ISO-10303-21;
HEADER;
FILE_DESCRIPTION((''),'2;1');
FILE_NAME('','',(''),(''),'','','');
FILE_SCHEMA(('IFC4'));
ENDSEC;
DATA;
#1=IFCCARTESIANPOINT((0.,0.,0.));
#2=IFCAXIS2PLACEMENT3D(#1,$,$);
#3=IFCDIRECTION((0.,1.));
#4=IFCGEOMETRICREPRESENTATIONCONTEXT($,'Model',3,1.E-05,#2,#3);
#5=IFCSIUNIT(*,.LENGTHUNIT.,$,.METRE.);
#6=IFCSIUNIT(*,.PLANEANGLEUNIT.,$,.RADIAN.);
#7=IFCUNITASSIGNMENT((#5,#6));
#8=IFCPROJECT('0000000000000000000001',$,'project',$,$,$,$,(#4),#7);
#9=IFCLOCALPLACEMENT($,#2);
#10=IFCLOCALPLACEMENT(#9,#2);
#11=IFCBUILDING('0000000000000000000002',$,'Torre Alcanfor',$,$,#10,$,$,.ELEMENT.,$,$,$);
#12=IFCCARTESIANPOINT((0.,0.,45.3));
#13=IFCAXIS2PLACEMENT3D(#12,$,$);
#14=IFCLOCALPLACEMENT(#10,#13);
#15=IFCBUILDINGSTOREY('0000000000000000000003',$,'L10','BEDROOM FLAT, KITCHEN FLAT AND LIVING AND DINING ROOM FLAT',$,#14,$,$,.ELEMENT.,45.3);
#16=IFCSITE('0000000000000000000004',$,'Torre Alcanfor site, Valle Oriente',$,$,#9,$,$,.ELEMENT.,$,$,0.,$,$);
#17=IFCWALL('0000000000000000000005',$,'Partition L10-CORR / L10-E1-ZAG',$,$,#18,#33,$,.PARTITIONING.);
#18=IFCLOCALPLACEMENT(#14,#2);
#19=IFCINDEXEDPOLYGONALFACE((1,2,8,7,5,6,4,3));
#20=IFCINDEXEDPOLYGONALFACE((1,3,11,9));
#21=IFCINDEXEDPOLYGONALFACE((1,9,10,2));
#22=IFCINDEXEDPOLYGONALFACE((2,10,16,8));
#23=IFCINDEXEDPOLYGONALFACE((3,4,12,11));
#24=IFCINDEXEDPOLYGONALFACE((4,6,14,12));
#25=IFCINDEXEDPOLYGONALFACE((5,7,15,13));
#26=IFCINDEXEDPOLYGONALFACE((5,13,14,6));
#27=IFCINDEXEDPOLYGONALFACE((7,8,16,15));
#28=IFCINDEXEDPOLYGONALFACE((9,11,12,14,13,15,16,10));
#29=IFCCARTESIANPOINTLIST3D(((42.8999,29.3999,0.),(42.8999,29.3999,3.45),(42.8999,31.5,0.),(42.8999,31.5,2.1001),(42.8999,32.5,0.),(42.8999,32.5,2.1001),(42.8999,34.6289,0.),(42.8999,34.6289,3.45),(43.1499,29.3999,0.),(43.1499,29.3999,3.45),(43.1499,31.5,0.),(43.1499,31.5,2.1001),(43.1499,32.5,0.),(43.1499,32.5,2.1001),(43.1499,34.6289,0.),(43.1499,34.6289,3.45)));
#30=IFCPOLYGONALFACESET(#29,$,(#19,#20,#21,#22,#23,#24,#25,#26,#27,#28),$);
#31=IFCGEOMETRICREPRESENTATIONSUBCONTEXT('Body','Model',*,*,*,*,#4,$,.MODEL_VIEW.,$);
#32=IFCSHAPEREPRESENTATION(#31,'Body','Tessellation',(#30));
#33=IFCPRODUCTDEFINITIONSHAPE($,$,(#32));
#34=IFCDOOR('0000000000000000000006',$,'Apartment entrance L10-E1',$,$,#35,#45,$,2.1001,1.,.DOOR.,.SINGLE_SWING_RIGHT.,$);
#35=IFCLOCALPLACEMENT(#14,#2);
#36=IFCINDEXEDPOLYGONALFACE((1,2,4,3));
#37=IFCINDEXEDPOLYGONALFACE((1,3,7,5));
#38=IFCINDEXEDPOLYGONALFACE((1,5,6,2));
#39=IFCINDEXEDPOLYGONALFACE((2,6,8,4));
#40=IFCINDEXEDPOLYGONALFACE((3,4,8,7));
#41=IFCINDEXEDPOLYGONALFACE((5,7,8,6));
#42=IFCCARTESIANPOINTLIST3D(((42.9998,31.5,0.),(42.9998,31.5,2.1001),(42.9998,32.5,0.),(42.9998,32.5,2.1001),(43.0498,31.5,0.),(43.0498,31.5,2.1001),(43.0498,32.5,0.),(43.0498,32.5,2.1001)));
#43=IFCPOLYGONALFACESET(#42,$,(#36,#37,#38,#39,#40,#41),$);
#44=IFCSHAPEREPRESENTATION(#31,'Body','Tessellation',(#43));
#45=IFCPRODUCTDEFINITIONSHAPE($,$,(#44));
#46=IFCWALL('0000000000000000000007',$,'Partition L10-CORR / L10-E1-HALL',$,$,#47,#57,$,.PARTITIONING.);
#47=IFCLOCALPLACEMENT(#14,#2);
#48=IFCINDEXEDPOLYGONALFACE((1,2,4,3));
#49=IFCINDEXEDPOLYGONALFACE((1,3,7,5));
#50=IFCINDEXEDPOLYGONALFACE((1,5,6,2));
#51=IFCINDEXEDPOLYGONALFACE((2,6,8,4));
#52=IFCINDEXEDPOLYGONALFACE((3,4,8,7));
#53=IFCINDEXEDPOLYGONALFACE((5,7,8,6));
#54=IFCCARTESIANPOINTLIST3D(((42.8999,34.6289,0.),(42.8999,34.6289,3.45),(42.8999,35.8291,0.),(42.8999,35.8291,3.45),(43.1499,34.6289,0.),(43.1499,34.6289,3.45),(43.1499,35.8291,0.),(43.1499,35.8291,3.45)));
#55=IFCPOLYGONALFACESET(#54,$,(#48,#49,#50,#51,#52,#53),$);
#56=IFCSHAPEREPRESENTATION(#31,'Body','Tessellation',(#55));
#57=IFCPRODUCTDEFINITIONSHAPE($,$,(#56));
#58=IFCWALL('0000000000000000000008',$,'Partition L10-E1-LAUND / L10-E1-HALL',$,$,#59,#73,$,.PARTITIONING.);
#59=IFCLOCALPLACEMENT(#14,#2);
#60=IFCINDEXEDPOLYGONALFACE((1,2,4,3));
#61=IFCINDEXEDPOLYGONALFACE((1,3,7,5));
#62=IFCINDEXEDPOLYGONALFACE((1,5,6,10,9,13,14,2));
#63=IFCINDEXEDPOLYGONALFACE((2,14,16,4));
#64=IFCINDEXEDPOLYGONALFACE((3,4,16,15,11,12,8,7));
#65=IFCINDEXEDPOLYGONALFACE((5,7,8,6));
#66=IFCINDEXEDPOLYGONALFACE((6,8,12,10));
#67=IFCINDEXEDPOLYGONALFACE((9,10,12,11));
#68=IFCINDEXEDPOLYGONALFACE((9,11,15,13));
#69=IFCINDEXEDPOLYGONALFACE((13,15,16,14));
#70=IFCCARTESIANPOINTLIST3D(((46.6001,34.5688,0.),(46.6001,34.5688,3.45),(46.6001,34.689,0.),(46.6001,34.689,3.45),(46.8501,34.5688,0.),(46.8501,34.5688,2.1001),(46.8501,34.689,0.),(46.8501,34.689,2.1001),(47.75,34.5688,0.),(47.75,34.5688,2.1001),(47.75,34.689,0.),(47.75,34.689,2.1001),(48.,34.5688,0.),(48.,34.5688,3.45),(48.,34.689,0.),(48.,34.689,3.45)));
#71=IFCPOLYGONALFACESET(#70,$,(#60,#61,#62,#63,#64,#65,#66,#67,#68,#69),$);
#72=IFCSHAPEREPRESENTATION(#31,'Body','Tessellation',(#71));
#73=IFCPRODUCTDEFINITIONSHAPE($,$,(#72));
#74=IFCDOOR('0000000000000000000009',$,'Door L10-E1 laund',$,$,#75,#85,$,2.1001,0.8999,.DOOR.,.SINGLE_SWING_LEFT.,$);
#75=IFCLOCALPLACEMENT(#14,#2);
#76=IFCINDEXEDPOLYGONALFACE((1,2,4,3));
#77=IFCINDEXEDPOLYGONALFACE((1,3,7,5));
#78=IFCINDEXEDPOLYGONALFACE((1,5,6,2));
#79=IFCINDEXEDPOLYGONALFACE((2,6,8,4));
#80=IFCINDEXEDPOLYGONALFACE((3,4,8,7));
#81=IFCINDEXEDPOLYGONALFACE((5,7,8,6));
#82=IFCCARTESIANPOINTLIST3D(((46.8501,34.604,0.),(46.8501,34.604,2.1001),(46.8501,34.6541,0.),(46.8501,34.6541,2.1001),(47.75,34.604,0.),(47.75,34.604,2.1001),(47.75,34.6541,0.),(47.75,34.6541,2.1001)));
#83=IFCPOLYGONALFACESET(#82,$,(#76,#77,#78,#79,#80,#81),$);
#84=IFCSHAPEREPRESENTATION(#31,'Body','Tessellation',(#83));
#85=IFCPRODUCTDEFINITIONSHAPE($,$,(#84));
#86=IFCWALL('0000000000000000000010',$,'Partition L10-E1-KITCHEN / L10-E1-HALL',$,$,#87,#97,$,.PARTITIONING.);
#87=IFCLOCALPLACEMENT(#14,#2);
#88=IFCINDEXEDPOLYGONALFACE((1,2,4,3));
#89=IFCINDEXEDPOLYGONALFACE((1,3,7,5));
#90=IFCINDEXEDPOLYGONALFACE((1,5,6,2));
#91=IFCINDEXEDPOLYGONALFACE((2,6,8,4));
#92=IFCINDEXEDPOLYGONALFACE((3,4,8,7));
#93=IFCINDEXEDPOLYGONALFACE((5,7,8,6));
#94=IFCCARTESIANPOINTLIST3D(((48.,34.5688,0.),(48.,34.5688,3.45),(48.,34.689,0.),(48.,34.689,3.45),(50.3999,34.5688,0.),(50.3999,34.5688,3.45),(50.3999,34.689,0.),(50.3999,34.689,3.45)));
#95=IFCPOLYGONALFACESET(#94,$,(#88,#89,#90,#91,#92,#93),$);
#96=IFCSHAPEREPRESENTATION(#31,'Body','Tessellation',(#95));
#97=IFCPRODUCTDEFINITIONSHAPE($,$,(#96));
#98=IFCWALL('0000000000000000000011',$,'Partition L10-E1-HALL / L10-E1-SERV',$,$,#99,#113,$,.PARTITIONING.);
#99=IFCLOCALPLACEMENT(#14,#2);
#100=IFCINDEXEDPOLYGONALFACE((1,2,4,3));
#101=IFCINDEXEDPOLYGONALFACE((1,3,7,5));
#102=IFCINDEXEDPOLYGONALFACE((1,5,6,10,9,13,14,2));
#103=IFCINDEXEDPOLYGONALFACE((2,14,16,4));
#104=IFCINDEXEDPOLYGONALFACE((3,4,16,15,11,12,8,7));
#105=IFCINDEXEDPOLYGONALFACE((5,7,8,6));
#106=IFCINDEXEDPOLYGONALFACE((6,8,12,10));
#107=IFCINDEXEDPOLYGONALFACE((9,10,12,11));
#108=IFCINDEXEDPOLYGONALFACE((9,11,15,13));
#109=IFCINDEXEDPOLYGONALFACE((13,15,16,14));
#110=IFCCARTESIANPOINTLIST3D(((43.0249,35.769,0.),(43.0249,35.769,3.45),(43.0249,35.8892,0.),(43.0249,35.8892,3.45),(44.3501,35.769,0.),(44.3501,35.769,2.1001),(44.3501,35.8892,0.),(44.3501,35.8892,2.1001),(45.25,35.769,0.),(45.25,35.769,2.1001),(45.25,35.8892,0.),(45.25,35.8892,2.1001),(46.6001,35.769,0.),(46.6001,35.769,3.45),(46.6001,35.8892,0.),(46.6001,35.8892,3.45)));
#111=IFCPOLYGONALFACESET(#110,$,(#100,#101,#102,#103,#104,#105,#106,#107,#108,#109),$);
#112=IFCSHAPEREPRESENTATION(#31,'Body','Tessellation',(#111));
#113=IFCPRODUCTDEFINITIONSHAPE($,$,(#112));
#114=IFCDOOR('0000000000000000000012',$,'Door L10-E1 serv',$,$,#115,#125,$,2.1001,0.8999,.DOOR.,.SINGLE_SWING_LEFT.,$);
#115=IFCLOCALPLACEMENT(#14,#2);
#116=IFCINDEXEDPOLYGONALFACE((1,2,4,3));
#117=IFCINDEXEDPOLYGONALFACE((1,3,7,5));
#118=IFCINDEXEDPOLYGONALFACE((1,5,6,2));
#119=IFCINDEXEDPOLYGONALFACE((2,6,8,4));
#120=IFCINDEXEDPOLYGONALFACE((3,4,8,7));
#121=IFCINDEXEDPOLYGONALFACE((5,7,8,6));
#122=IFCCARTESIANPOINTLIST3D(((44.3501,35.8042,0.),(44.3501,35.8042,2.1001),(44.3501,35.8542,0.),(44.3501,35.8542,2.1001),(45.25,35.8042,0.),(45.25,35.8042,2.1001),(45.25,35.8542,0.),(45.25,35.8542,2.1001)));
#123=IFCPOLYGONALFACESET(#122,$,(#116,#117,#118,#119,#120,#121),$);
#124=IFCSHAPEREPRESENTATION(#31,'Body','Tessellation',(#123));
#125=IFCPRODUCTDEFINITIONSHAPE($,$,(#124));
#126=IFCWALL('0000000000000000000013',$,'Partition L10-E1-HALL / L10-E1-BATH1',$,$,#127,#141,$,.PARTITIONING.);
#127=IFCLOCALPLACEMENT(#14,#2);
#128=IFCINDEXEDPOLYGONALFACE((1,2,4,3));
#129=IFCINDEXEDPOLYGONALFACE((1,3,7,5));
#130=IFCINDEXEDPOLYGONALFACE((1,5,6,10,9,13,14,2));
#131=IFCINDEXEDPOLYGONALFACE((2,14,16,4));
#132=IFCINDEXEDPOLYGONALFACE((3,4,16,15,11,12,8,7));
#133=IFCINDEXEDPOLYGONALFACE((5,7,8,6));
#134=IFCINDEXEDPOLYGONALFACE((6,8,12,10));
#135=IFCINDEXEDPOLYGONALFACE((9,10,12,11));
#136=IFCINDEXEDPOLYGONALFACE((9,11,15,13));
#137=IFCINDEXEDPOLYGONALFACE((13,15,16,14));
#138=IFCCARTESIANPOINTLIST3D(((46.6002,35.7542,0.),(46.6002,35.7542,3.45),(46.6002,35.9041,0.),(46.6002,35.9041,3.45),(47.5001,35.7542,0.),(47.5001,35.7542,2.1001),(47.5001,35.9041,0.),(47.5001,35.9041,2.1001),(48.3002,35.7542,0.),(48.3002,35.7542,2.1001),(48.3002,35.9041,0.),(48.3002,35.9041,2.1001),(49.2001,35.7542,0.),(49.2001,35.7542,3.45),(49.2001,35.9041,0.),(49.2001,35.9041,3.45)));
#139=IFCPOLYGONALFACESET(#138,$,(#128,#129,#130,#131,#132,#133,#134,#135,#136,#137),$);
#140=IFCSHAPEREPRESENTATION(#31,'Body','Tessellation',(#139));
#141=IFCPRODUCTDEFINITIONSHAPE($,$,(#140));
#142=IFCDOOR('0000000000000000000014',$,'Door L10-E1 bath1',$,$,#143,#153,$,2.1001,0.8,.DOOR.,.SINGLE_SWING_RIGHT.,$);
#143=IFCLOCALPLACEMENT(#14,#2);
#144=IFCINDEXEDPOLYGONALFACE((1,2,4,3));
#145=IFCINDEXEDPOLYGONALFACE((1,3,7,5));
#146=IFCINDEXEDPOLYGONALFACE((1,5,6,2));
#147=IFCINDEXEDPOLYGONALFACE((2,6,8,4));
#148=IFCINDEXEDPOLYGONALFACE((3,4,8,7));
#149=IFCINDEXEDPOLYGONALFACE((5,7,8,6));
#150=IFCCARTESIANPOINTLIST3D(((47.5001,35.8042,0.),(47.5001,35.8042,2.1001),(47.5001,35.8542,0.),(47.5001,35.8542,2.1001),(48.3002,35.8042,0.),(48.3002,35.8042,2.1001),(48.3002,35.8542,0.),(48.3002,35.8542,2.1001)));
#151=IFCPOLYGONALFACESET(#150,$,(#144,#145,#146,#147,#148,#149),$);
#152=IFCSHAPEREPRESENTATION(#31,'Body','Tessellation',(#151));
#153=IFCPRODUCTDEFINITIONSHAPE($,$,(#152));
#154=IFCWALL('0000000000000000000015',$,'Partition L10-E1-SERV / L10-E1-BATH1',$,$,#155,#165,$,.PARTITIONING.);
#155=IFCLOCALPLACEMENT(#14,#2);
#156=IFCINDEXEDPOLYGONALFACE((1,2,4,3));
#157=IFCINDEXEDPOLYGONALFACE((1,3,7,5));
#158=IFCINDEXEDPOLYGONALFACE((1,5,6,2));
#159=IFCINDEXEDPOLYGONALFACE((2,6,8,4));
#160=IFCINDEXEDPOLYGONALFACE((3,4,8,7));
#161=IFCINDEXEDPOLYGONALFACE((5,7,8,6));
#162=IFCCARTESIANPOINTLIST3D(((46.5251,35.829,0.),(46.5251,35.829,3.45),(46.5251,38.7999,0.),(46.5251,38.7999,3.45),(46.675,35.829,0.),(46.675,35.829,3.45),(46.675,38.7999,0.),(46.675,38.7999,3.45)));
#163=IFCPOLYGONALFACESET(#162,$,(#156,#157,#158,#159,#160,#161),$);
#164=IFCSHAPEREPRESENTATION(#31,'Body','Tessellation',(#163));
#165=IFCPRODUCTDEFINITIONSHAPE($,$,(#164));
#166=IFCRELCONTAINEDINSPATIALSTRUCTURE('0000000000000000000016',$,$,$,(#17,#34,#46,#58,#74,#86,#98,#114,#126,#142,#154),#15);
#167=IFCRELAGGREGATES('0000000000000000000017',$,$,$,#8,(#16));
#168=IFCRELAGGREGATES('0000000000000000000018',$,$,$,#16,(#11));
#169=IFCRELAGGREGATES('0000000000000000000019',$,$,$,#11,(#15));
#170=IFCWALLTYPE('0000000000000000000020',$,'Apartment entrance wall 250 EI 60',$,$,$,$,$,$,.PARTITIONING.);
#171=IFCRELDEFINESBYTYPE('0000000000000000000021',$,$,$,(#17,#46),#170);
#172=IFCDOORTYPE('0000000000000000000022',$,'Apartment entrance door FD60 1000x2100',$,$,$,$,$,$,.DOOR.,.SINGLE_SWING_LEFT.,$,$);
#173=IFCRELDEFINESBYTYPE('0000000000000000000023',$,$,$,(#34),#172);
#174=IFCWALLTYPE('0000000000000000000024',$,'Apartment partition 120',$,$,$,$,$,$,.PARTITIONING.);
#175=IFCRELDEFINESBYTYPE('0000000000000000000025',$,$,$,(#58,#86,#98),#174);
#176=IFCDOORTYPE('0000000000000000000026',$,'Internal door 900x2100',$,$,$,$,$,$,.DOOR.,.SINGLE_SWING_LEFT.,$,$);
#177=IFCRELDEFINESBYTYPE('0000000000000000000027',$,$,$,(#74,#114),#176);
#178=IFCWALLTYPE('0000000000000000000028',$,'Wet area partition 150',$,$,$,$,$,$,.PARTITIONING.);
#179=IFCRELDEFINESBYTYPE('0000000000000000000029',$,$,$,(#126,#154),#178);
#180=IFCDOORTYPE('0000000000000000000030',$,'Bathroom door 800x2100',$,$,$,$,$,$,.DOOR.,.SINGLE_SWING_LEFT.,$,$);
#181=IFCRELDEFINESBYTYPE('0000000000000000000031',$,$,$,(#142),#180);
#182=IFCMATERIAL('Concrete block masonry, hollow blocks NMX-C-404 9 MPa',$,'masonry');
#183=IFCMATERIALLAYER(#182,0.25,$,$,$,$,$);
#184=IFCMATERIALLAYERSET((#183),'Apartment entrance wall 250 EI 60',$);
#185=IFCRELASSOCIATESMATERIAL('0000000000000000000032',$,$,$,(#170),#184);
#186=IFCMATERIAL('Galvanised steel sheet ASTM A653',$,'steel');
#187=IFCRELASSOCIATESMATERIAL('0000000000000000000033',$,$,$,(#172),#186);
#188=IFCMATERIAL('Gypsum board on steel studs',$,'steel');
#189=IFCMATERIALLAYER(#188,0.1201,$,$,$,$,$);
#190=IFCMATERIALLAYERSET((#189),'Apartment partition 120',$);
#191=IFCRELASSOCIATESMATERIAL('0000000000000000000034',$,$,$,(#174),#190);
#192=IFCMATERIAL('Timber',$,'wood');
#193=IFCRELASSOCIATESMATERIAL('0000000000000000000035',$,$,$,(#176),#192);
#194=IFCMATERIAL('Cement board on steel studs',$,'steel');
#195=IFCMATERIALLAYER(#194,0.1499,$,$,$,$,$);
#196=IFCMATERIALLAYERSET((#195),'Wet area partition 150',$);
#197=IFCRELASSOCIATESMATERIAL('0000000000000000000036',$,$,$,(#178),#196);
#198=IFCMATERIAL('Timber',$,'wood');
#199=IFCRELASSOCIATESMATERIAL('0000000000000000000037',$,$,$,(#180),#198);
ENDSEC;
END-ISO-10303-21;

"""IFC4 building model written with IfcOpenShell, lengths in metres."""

from ifc_helpers import new_model, si_unit, direction, frame, frame_2d, origin, place, context, subcontext, project, spatial, rectangle, extrude, material, layer, layer_set, type_object, element, fill, save


model = new_model("IFC4")

# Units and contexts
model_context = context("Model", 3, precision=1e-05, world=origin(), true_north=direction((0.0, 1.0)))
body_context = subcontext(model_context, "Body", "Model", "MODEL_VIEW")
ifc_project = project(units=[si_unit("LENGTHUNIT", "METRE"), si_unit("PLANEANGLEUNIT", "RADIAN")], contexts=[model_context])

# Site, building, storey
site_placement = place(None, origin())
site = spatial("IfcSite", under=ifc_project, at=site_placement, Name="Torre Alcanfor site, Valle Oriente", CompositionType="ELEMENT", RefElevation=0.0)
building_placement = place(site_placement, origin())
building = spatial("IfcBuilding", under=site, at=building_placement, Name="Torre Alcanfor", CompositionType="ELEMENT")
storey_placement = place(building_placement, frame((0.0, 0.0, 45.3)))
storey = spatial("IfcBuildingStorey", under=building, at=storey_placement, Name="L10", Description="BEDROOM FLAT, KITCHEN FLAT AND LIVING AND DINING ROOM FLAT", CompositionType="ELEMENT", Elevation=45.3)

# Wall, opening, door
ifc_material_1 = material(Name="Concrete block masonry, hollow blocks NMX-C-404 9 MPa", Category="masonry")
ifc_layer_1 = layer(ifc_material_1, 0.25)
ifc_layer_set_1 = layer_set([ifc_layer_1], Name="Apartment entrance wall 250 EI 60")
wall_type_1 = type_object("IfcWallType", Name="Apartment entrance wall 250 EI 60", PredefinedType="PARTITIONING", material=ifc_layer_set_1)
wall_1_placement = place(storey_placement, frame((43.0249, 34.6289, 0.0), z_axis=(0.0, 0.0, 1.0), x_axis=(0.0, -1.0, 0.0)))
wall_1 = element("IfcWall", 1, at=wall_1_placement, inside=storey, type_object=wall_type_1, Name="Partition L10-CORR / L10-E1-ZAG", PredefinedType="PARTITIONING", context=body_context, shape_type="SweptSolid", body=[
    extrude(rectangle(XDim=5.229, YDim=0.25, at=frame_2d((2.6145, 0.0))), origin(), (0.0, 0.0, 1.0), 3.45),
])
opening_1_placement = place(wall_1_placement, frame((2.1289, 0.0, 0.0)))
opening_1 = element("IfcOpeningElement", 2, at=opening_1_placement, cuts=wall_1, PredefinedType="OPENING", context=body_context, shape_type="SweptSolid", body=[
    extrude(rectangle(XDim=1.0, YDim=2.1001, at=frame_2d((0.5, 1.05))), frame((0.0, 0.135, 0.0), z_axis=(0.0, -1.0, 0.0), x_axis=(1.0, 0.0, 0.0)), (0.0, 0.0, 1.0), 0.27),
])
ifc_material_2 = material(Name="Galvanised steel sheet ASTM A653", Category="steel")
door_type_1 = type_object("IfcDoorType", Name="Apartment entrance door FD60 1000x2100", OperationType="SINGLE_SWING_LEFT", PredefinedType="DOOR", material=ifc_material_2)
door_1_placement = place(opening_1_placement, origin())
door_1 = element("IfcDoor", 3, at=door_1_placement, inside=storey, type_object=door_type_1, Name="Apartment entrance L10-E1", OperationType="SINGLE_SWING_RIGHT", OverallHeight=2.1001, OverallWidth=1.0, PredefinedType="DOOR", context=body_context, shape_type="SweptSolid", body=[
    extrude(rectangle(XDim=1.0, YDim=2.1001, at=frame_2d((0.5, 1.05))), frame((0.0, 0.0249, 0.0), z_axis=(0.0, -1.0, 0.0), x_axis=(1.0, 0.0, 0.0)), (0.0, 0.0, 1.0), 0.05),
])
fill(opening_1, door_1)

# Wall
wall_2_placement = place(storey_placement, frame((43.0249, 35.8291, 0.0), z_axis=(0.0, 0.0, 1.0), x_axis=(0.0, -1.0, 0.0)))
element("IfcWall", 4, at=wall_2_placement, inside=storey, type_object=wall_type_1, Name="Partition L10-CORR / L10-E1-HALL", PredefinedType="PARTITIONING", context=body_context, shape_type="SweptSolid", body=[
    extrude(rectangle(XDim=1.2002, YDim=0.25, at=frame_2d((0.6001, 0.0))), origin(), (0.0, 0.0, 1.0), 3.45),
])

# Wall, opening, door
ifc_material_3 = material(Name="Gypsum board on steel studs", Category="steel")
ifc_layer_2 = layer(ifc_material_3, 0.1201)
ifc_layer_set_2 = layer_set([ifc_layer_2], Name="Apartment partition 120")
wall_type_2 = type_object("IfcWallType", Name="Apartment partition 120", PredefinedType="PARTITIONING", material=ifc_layer_set_2)
wall_3_placement = place(storey_placement, frame((48.0, 34.6289, 0.0), z_axis=(0.0, 0.0, 1.0), x_axis=(-1.0, 0.0, 0.0)))
wall_3 = element("IfcWall", 5, at=wall_3_placement, inside=storey, type_object=wall_type_2, Name="Partition L10-E1-LAUND / L10-E1-HALL", PredefinedType="PARTITIONING", context=body_context, shape_type="SweptSolid", body=[
    extrude(rectangle(XDim=1.3999, YDim=0.1201, at=frame_2d((0.7, 0.0))), origin(), (0.0, 0.0, 1.0), 3.45),
])
opening_2_placement = place(wall_3_placement, frame((0.25, 0.0, 0.0)))
opening_2 = element("IfcOpeningElement", 6, at=opening_2_placement, cuts=wall_3, PredefinedType="OPENING", context=body_context, shape_type="SweptSolid", body=[
    extrude(rectangle(XDim=0.8999, YDim=2.1001, at=frame_2d((0.45, 1.05))), frame((0.0, 0.0701, 0.0), z_axis=(0.0, -1.0, 0.0), x_axis=(1.0, 0.0, 0.0)), (0.0, 0.0, 1.0), 0.1401),
])
ifc_material_4 = material(Name="Timber", Category="wood")
door_type_2 = type_object("IfcDoorType", Name="Internal door 900x2100", OperationType="SINGLE_SWING_LEFT", PredefinedType="DOOR", material=ifc_material_4)
door_2_placement = place(opening_2_placement, origin())
door_2 = element("IfcDoor", 7, at=door_2_placement, inside=storey, type_object=door_type_2, Name="Door L10-E1 laund", OperationType="SINGLE_SWING_LEFT", OverallHeight=2.1001, OverallWidth=0.8999, PredefinedType="DOOR", context=body_context, shape_type="SweptSolid", body=[
    extrude(rectangle(XDim=0.8999, YDim=2.1001, at=frame_2d((0.45, 1.05))), frame((0.0, 0.0249, 0.0), z_axis=(0.0, -1.0, 0.0), x_axis=(1.0, 0.0, 0.0)), (0.0, 0.0, 1.0), 0.05),
])
fill(opening_2, door_2)

# Wall
wall_4_placement = place(storey_placement, frame((50.3999, 34.6289, 0.0), z_axis=(0.0, 0.0, 1.0), x_axis=(-1.0, 0.0, 0.0)))
element("IfcWall", 8, at=wall_4_placement, inside=storey, type_object=wall_type_2, Name="Partition L10-E1-KITCHEN / L10-E1-HALL", PredefinedType="PARTITIONING", context=body_context, shape_type="SweptSolid", body=[
    extrude(rectangle(XDim=2.3999, YDim=0.1201, at=frame_2d((1.2, 0.0))), origin(), (0.0, 0.0, 1.0), 3.45),
])

# Walls, openings, doors
wall_5_placement = place(storey_placement, frame((46.6001, 35.8291, 0.0), z_axis=(0.0, 0.0, 1.0), x_axis=(-1.0, 0.0, 0.0)))
wall_5 = element("IfcWall", 9, at=wall_5_placement, inside=storey, type_object=wall_type_2, Name="Partition L10-E1-HALL / L10-E1-SERV", PredefinedType="PARTITIONING", context=body_context, shape_type="SweptSolid", body=[
    extrude(rectangle(XDim=3.5752, YDim=0.1201, at=frame_2d((1.7876, 0.0))), origin(), (0.0, 0.0, 1.0), 3.45),
])
opening_3_placement = place(wall_5_placement, frame((1.3501, 0.0, 0.0)))
opening_3 = element("IfcOpeningElement", 10, at=opening_3_placement, cuts=wall_5, PredefinedType="OPENING", context=body_context, shape_type="SweptSolid", body=[
    extrude(rectangle(XDim=0.8999, YDim=2.1001, at=frame_2d((0.45, 1.05))), frame((0.0, 0.0701, 0.0), z_axis=(0.0, -1.0, 0.0), x_axis=(1.0, 0.0, 0.0)), (0.0, 0.0, 1.0), 0.1401),
])
door_3_placement = place(opening_3_placement, frame((0.8999, 0.0, 0.0), z_axis=(0.0, 0.0, 1.0), x_axis=(-1.0, 0.0, 0.0)))
door_3 = element("IfcDoor", 11, at=door_3_placement, inside=storey, type_object=door_type_2, Name="Door L10-E1 serv", OperationType="SINGLE_SWING_LEFT", OverallHeight=2.1001, OverallWidth=0.8999, PredefinedType="DOOR", context=body_context, shape_type="SweptSolid", body=[
    extrude(rectangle(XDim=0.8999, YDim=2.1001, at=frame_2d((0.45, 1.05))), frame((0.0, 0.0251, 0.0), z_axis=(0.0, -1.0, 0.0), x_axis=(1.0, 0.0, 0.0)), (0.0, 0.0, 1.0), 0.05),
])
fill(opening_3, door_3)
ifc_material_5 = material(Name="Cement board on steel studs", Category="steel")
ifc_layer_3 = layer(ifc_material_5, 0.1499)
ifc_layer_set_3 = layer_set([ifc_layer_3], Name="Wet area partition 150")
wall_type_3 = type_object("IfcWallType", Name="Wet area partition 150", PredefinedType="PARTITIONING", material=ifc_layer_set_3)
wall_6_placement = place(storey_placement, frame((49.2, 35.8291, 0.0), z_axis=(0.0, 0.0, 1.0), x_axis=(-1.0, 0.0, 0.0)))
wall_6 = element("IfcWall", 12, at=wall_6_placement, inside=storey, type_object=wall_type_3, Name="Partition L10-E1-HALL / L10-E1-BATH1", PredefinedType="PARTITIONING", context=body_context, shape_type="SweptSolid", body=[
    extrude(rectangle(XDim=2.5999, YDim=0.1499, at=frame_2d((1.2998, 0.0))), origin(), (0.0, 0.0, 1.0), 3.45),
])
opening_4_placement = place(wall_6_placement, frame((0.8999, 0.0, 0.0)))
opening_4 = element("IfcOpeningElement", 13, at=opening_4_placement, cuts=wall_6, PredefinedType="OPENING", context=body_context, shape_type="SweptSolid", body=[
    extrude(rectangle(XDim=0.8, YDim=2.1001, at=frame_2d((0.3999, 1.05))), frame((0.0, 0.085, 0.0), z_axis=(0.0, -1.0, 0.0), x_axis=(1.0, 0.0, 0.0)), (0.0, 0.0, 1.0), 0.1699),
])
ifc_material_6 = material(Name="Timber", Category="wood")
door_type_3 = type_object("IfcDoorType", Name="Bathroom door 800x2100", OperationType="SINGLE_SWING_LEFT", PredefinedType="DOOR", material=ifc_material_6)
door_4_placement = place(opening_4_placement, frame((0.8, 0.0, 0.0), z_axis=(0.0, 0.0, 1.0), x_axis=(-1.0, 0.0, 0.0)))
door_4 = element("IfcDoor", 14, at=door_4_placement, inside=storey, type_object=door_type_3, Name="Door L10-E1 bath1", OperationType="SINGLE_SWING_RIGHT", OverallHeight=2.1001, OverallWidth=0.8, PredefinedType="DOOR", context=body_context, shape_type="SweptSolid", body=[
    extrude(rectangle(XDim=0.8, YDim=2.1001, at=frame_2d((0.4001, 1.05))), frame((0.0, 0.0251, 0.0), z_axis=(0.0, -1.0, 0.0), x_axis=(1.0, 0.0, 0.0)), (0.0, 0.0, 1.0), 0.05),
])
fill(opening_4, door_4)

# Wall
for number, where, z_axis, x_axis, name in (
    (15, (46.6001, 35.8291, 0.0), (0.0, 0.0, 1.0), (0.0, 1.0, 0.0), "Partition L10-E1-SERV / L10-E1-BATH1"),
):
    element("IfcWall", number, at=place(storey_placement, frame(where, z_axis=z_axis, x_axis=x_axis)), inside=storey, type_object=wall_type_3, Name=name, PredefinedType="PARTITIONING", context=body_context, shape_type="SweptSolid", body=[
        extrude(rectangle(XDim=2.9709, YDim=0.1499, at=frame_2d((1.4854, 0.0))), origin(), (0.0, 0.0, 1.0), 3.45),
    ])

save(model, "model.ifc")
